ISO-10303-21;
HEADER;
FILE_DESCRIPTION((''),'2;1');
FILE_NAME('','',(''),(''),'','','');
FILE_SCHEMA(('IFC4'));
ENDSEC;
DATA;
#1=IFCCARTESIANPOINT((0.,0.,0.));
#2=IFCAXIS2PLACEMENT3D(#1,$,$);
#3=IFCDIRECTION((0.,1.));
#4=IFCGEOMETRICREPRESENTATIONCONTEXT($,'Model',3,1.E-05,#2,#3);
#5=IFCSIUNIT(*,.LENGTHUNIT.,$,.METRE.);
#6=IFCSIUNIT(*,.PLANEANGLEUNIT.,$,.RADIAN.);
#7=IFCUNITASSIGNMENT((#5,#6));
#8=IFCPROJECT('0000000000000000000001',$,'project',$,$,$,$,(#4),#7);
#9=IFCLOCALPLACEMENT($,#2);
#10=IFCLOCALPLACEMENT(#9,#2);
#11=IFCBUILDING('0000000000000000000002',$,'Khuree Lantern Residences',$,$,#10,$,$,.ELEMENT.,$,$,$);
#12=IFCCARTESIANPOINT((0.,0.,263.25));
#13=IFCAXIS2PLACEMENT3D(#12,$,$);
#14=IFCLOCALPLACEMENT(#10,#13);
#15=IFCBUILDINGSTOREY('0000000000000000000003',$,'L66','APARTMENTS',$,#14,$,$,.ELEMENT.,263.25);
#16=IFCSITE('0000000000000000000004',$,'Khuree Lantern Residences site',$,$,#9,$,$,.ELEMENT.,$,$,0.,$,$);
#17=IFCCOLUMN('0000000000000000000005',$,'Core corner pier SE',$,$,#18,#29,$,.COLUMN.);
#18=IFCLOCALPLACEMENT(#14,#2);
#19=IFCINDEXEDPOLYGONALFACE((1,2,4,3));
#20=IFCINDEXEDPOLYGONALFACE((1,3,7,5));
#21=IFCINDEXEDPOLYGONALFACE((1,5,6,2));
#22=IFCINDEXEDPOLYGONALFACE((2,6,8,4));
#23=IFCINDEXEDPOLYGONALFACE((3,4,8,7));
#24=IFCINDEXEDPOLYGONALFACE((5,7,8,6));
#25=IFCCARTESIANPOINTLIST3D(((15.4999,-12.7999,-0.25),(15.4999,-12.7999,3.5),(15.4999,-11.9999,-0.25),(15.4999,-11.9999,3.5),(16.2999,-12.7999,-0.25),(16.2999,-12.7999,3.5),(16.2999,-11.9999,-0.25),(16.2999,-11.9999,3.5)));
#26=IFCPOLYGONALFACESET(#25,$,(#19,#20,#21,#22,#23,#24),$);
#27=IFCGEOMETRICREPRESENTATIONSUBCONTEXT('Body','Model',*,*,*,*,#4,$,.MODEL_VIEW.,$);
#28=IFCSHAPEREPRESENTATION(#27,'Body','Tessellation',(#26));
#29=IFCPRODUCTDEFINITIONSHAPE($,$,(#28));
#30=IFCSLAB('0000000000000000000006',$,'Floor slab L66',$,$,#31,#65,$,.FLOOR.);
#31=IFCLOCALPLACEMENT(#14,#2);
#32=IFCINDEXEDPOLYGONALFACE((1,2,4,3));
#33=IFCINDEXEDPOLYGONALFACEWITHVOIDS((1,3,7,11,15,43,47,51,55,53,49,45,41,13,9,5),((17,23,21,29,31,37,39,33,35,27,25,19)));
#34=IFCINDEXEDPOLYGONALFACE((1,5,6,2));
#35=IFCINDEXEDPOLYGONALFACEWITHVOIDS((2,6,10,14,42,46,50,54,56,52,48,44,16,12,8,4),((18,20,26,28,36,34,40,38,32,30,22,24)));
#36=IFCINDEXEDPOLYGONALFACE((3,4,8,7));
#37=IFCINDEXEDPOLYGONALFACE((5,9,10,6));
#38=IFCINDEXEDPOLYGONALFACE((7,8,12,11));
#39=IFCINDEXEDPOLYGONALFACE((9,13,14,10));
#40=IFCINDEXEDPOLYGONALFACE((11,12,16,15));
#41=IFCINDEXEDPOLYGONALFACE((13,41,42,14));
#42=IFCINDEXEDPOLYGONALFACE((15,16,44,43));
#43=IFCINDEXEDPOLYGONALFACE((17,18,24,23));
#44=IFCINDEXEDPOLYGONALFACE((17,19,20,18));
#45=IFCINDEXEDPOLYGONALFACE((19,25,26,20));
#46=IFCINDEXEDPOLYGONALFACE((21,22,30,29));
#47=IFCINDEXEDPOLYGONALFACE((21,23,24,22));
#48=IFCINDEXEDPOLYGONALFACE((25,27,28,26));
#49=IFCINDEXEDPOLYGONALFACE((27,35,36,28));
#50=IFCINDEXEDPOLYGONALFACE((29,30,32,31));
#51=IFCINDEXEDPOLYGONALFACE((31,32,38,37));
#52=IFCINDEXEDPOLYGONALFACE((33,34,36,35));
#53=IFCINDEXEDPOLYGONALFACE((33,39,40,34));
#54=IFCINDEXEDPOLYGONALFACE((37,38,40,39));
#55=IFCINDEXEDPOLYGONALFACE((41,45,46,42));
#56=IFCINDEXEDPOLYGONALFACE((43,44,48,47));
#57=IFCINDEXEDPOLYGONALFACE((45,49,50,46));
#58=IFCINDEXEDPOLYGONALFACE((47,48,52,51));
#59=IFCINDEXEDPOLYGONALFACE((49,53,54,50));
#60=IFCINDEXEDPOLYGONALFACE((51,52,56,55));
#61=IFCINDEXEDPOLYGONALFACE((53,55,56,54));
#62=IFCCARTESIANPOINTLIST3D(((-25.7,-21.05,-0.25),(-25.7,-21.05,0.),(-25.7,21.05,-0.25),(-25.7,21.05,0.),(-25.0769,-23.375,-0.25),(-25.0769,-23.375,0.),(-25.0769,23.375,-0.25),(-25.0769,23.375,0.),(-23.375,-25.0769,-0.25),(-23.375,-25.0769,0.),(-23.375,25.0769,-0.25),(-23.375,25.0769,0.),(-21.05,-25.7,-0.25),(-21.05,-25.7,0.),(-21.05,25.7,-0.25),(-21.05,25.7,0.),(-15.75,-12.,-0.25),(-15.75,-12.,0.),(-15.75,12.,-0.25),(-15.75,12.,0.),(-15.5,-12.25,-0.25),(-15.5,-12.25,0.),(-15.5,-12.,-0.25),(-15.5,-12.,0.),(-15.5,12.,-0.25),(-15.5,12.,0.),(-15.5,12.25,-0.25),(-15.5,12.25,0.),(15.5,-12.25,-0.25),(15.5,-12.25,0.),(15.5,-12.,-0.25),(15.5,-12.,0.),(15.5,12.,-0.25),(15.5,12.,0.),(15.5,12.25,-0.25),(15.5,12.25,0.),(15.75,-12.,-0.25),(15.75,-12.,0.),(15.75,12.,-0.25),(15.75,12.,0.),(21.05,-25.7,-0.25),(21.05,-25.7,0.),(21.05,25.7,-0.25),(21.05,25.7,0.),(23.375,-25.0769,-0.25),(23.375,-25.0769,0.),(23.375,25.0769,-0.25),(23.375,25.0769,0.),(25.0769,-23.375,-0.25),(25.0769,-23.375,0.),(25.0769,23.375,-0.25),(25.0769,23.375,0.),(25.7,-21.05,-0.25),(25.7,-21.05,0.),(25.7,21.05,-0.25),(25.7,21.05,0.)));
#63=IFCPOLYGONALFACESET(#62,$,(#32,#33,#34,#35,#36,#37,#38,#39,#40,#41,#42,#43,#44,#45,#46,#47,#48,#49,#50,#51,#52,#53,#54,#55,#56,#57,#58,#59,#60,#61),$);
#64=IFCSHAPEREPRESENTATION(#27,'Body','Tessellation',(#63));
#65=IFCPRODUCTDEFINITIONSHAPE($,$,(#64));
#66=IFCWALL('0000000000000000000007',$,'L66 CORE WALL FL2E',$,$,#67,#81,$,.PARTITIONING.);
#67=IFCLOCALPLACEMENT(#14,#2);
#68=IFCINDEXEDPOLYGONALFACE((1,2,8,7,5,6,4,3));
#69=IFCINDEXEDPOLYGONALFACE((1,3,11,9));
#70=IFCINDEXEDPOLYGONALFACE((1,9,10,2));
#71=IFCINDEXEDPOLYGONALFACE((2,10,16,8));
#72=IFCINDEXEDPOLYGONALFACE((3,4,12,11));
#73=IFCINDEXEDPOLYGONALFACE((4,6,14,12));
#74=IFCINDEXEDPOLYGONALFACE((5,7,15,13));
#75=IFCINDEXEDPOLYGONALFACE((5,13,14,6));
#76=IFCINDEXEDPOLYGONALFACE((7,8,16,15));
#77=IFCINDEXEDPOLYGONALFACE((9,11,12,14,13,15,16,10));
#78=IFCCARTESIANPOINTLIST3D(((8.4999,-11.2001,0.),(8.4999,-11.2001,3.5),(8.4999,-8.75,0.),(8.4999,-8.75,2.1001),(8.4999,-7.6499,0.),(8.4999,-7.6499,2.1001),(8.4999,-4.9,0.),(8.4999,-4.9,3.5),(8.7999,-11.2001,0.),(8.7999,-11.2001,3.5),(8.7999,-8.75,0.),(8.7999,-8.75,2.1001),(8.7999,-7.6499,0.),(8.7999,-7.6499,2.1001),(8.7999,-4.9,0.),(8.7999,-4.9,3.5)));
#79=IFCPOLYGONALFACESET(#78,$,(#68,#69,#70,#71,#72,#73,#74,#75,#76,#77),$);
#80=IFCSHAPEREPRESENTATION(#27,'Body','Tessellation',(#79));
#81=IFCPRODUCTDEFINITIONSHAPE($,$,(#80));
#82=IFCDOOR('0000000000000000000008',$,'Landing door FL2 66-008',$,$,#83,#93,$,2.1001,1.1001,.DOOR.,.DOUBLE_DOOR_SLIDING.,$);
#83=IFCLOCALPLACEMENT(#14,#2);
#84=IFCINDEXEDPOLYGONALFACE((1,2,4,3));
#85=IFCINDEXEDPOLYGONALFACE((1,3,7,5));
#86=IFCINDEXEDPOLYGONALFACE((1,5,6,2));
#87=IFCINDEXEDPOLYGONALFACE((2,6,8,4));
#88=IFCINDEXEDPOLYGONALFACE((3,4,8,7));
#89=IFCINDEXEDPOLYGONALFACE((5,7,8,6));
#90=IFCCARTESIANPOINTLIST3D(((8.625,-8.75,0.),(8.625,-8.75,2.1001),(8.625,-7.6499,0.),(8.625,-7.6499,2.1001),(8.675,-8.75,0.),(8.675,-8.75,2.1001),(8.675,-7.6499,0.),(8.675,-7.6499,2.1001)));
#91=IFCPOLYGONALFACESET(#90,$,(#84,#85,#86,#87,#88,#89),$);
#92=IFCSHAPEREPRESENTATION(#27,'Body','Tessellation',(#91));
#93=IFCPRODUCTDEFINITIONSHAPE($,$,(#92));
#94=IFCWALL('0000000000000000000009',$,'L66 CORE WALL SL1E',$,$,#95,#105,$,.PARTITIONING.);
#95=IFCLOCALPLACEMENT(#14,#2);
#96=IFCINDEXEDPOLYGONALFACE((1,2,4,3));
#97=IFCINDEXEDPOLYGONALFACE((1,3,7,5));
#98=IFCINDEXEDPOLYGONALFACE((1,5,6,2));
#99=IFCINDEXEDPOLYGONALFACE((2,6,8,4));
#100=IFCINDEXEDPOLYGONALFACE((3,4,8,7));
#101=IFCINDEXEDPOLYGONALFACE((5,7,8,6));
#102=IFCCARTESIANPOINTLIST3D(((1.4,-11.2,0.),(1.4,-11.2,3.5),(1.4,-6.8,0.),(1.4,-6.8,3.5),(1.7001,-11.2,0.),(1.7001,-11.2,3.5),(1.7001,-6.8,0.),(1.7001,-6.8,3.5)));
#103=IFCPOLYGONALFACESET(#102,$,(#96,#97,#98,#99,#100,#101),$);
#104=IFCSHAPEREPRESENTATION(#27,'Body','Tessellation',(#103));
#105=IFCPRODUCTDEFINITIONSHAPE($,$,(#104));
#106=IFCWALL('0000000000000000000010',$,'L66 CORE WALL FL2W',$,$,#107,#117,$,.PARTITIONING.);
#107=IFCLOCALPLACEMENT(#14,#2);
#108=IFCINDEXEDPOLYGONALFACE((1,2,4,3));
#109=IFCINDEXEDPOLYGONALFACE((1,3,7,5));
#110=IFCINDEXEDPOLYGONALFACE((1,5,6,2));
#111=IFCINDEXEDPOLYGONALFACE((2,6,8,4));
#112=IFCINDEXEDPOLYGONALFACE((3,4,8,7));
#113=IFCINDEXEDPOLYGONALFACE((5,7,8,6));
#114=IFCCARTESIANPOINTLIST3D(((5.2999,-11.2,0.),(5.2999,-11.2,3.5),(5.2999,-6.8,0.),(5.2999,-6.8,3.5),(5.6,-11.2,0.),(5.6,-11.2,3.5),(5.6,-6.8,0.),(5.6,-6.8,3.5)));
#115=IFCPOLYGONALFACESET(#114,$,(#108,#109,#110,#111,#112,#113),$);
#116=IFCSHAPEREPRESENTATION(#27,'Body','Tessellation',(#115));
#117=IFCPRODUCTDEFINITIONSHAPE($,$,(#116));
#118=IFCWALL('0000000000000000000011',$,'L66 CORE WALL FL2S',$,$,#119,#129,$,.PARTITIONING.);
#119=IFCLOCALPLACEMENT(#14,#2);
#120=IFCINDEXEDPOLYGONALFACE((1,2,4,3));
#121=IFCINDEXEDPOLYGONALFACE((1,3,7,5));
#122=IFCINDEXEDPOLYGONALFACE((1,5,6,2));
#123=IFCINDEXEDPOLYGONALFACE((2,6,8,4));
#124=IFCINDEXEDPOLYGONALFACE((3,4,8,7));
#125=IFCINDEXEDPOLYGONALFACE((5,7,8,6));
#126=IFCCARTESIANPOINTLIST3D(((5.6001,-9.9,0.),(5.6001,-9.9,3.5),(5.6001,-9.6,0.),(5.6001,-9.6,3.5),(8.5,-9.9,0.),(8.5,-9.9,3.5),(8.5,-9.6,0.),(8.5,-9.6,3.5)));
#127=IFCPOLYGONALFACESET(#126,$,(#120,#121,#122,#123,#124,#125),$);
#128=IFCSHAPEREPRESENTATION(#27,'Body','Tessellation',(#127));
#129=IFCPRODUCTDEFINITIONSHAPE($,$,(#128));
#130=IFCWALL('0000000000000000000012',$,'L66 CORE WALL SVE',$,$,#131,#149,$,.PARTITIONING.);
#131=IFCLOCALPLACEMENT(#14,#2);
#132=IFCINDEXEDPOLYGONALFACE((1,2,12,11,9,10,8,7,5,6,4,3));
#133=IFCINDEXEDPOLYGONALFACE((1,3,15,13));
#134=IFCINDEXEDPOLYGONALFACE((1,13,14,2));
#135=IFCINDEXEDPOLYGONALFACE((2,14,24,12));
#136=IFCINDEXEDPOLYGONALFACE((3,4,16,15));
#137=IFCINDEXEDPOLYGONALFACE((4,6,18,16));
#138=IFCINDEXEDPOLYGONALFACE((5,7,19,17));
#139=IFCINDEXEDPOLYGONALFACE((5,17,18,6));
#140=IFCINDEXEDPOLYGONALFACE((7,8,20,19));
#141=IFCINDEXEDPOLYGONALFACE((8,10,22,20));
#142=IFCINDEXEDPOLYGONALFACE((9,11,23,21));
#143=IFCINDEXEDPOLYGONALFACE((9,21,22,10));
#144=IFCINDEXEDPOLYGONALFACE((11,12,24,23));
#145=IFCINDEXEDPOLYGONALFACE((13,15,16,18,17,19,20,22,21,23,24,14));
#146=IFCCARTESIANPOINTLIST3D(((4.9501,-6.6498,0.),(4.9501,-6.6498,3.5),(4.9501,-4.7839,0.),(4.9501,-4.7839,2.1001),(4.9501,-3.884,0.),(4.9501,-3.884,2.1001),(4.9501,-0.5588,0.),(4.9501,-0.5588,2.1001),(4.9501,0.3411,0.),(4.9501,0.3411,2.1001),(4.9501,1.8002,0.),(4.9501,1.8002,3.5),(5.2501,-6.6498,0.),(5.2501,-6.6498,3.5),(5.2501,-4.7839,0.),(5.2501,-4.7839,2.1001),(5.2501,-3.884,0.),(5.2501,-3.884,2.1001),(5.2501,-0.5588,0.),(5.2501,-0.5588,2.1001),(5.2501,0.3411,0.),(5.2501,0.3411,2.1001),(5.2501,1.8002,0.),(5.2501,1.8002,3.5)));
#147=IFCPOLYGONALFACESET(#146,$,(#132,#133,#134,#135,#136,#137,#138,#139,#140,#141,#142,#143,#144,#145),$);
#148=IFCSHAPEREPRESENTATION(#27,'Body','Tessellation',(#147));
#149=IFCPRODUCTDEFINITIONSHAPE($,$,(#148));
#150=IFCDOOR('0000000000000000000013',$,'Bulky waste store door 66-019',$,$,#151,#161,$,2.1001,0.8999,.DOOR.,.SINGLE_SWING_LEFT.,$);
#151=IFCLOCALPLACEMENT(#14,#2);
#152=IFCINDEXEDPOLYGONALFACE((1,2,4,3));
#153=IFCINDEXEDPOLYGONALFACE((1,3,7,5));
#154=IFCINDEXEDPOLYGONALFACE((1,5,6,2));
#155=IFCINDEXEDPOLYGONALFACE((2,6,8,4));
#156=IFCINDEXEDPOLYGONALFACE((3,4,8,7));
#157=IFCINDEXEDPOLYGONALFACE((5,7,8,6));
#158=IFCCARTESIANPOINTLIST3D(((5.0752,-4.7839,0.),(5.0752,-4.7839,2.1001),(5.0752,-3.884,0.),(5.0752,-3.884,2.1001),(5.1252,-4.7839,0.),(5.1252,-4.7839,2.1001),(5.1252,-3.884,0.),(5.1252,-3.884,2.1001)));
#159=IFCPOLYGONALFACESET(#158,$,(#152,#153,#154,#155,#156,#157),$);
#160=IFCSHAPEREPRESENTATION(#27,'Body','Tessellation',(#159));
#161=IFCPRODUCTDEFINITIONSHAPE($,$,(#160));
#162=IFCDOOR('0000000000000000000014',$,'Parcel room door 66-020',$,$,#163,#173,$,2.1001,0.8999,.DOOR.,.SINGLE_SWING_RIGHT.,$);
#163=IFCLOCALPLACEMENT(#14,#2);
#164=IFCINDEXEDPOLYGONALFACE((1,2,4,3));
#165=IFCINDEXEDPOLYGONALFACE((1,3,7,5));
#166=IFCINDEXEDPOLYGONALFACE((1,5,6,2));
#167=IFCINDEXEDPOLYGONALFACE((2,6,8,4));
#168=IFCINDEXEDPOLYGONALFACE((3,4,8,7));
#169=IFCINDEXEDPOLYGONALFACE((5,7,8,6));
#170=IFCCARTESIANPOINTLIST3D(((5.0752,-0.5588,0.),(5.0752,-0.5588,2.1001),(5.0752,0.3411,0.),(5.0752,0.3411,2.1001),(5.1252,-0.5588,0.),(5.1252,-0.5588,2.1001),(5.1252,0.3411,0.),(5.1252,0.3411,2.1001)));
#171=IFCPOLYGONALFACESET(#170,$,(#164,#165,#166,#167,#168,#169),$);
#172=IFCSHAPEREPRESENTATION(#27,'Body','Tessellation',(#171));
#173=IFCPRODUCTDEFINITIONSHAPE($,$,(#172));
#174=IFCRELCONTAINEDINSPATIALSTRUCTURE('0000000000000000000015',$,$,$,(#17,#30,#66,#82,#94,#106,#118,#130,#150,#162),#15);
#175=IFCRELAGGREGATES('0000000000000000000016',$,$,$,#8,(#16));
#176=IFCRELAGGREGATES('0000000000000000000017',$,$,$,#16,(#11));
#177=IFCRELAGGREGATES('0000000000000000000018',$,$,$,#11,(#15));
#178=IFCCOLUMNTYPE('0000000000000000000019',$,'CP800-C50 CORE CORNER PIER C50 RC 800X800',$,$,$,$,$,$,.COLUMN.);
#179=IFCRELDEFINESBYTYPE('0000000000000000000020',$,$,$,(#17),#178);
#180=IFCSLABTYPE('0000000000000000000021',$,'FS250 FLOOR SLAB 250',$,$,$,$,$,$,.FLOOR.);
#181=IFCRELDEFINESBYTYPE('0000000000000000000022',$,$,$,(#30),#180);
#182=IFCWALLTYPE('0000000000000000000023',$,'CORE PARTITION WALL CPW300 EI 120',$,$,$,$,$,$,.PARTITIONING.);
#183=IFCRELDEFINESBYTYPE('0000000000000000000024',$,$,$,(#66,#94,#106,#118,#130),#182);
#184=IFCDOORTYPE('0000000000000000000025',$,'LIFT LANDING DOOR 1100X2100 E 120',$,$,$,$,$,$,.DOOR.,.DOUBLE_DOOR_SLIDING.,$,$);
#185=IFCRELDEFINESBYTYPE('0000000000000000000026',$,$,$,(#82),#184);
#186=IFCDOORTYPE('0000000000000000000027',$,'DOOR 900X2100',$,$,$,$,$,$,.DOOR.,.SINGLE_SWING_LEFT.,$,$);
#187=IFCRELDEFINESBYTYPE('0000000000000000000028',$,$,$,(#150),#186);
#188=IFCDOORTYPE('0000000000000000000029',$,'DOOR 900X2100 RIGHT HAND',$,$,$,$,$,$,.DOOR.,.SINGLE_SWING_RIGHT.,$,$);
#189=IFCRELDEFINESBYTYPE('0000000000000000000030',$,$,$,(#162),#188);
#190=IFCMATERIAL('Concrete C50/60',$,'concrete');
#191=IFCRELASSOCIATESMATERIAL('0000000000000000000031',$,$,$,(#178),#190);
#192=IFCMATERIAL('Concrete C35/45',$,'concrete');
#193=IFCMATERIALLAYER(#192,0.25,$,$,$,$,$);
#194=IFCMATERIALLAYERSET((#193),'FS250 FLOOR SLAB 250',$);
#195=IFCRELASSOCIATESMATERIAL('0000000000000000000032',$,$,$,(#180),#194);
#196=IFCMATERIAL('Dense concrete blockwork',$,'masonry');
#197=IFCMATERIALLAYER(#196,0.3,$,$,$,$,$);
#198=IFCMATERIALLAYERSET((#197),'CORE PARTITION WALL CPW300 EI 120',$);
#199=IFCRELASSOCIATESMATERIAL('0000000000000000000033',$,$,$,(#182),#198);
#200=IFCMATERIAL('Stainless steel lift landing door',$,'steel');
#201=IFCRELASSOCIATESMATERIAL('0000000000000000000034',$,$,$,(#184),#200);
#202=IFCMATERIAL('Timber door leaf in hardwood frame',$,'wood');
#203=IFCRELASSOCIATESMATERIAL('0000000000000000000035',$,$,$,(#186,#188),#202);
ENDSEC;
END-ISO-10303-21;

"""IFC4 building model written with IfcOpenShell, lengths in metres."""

from ifc_helpers import new_model, si_unit, direction, frame, frame_2d, origin, origin_2d, place, context, subcontext, project, spatial, polyline, rectangle, outline, extrude, material, layer, layer_set, material_profile, profile_set, type_object, element, fill, save


model = new_model("IFC4")

# Units and contexts
model_context = context("Model", 3, precision=1e-05, world=origin(), true_north=direction((0.0, 1.0)))
body_context = subcontext(model_context, "Body", "Model", "MODEL_VIEW")
ifc_project = project(units=[si_unit("LENGTHUNIT", "METRE"), si_unit("PLANEANGLEUNIT", "RADIAN")], contexts=[model_context])

# Site, building, storey
site_placement = place(None, origin())
site = spatial("IfcSite", under=ifc_project, at=site_placement, Name="Khuree Lantern Residences site", CompositionType="ELEMENT", RefElevation=0.0)
building_placement = place(site_placement, origin())
building = spatial("IfcBuilding", under=site, at=building_placement, Name="Khuree Lantern Residences", CompositionType="ELEMENT")
storey_placement = place(building_placement, frame((0.0, 0.0, 263.25)))
storey = spatial("IfcBuildingStorey", under=building, at=storey_placement, Name="L66", Description="APARTMENTS", CompositionType="ELEMENT", Elevation=263.25)

# Column
ifc_material_1 = material(Name="Concrete C50/60", Category="concrete")
ifc_material_profile = material_profile(ifc_material_1, rectangle(XDim=0.8, YDim=0.8, at=origin_2d()), Name="RC 800X800")
ifc_profile_set = profile_set([ifc_material_profile], Name="Concrete C50/60")
column_type = type_object("IfcColumnType", Name="CP800-C50 CORE CORNER PIER C50 RC 800X800", PredefinedType="COLUMN", material=ifc_profile_set)
column_placement = place(storey_placement, frame((15.8999, -12.3999, -0.25), z_axis=(0.0, 0.0, 1.0), x_axis=(1.0, 0.0, 0.0)))
element("IfcColumn", 1, at=column_placement, inside=storey, type_object=column_type, Name="Core corner pier SE", PredefinedType="COLUMN", context=body_context, shape_type="SweptSolid", body=[
    extrude(rectangle(XDim=0.8, YDim=0.8, at=origin_2d()), origin(), (0.0, 0.0, 1.0), 3.75),
])

# Slab
ifc_material_2 = material(Name="Concrete C35/45", Category="concrete")
ifc_layer_1 = layer(ifc_material_2, 0.25)
ifc_layer_set_1 = layer_set([ifc_layer_1], Name="FS250 FLOOR SLAB 250")
slab_type = type_object("IfcSlabType", Name="FS250 FLOOR SLAB 250", PredefinedType="FLOOR", material=ifc_layer_set_1)
slab_placement = place(storey_placement, frame((0.0, 0.0, -0.25)))
element("IfcSlab", 2, at=slab_placement, inside=storey, type_object=slab_type, Name="Floor slab L66", PredefinedType="FLOOR", context=body_context, shape_type="SweptSolid", body=[
    extrude(outline(polyline([(-23.375, -25.0769), (-25.0769, -23.375), (-25.7, -21.05), (-25.7, 21.05), (-25.0769, 23.375), (-23.375, 25.0769), (-21.05, 25.7), (21.05, 25.7), (23.375, 25.0769), (25.0769, 23.375), (25.7, 21.05), (25.7, -21.05), (25.0769, -23.375), (23.375, -25.0769), (21.05, -25.7), (-21.05, -25.7), (-23.375, -25.0769)]), holes=[polyline([(15.75, 12.0), (15.5, 12.0), (15.5, 12.25), (-15.5, 12.25), (-15.5, 12.0), (-15.75, 12.0), (-15.75, -12.0), (-15.5, -12.0), (-15.5, -12.25), (15.5, -12.25), (15.5, -12.0), (15.75, -12.0), (15.75, 12.0)])]), origin(), (0.0, 0.0, 1.0), 0.25),
])

# Wall, opening, door
ifc_material_3 = material(Name="Dense concrete blockwork", Category="masonry")
ifc_layer_2 = layer(ifc_material_3, 0.3)
ifc_layer_set_2 = layer_set([ifc_layer_2], Name="CORE PARTITION WALL CPW300 EI 120")
wall_type_1 = type_object("IfcWallType", Name="CORE PARTITION WALL CPW300 EI 120", PredefinedType="PARTITIONING", material=ifc_layer_set_2)
wall_1_placement = place(storey_placement, frame((8.6499, -11.2, 0.0), z_axis=(0.0, 0.0, 1.0), x_axis=(0.0, 1.0, 0.0)))
wall_1 = element("IfcWall", 3, at=wall_1_placement, inside=storey, type_object=wall_type_1, Name="L66 CORE WALL FL2E", PredefinedType="PARTITIONING", context=body_context, shape_type="SweptSolid", body=[
    extrude(rectangle(XDim=6.3, YDim=0.3, at=frame_2d((3.1499, 0.0))), origin(), (0.0, 0.0, 1.0), 3.5),
])
opening_1_placement = place(wall_1_placement, frame((2.45, 0.0, 0.0)))
opening_1 = element("IfcOpeningElement", 4, at=opening_1_placement, cuts=wall_1, PredefinedType="OPENING", context=body_context, shape_type="SweptSolid", body=[
    extrude(rectangle(XDim=1.1001, YDim=2.1001, at=frame_2d((0.55, 1.05))), frame((0.0, 0.1602, 0.0), z_axis=(0.0, -1.0, 0.0), x_axis=(1.0, 0.0, 0.0)), (0.0, 0.0, 1.0), 0.3201),
])
ifc_material_4 = material(Name="Stainless steel lift landing door", Category="steel")
door_type_1 = type_object("IfcDoorType", Name="LIFT LANDING DOOR 1100X2100 E 120", OperationType="DOUBLE_DOOR_SLIDING", PredefinedType="DOOR", material=ifc_material_4)
door_1_placement = place(opening_1_placement, origin())
door_1 = element("IfcDoor", 5, at=door_1_placement, inside=storey, type_object=door_type_1, Name="Landing door FL2 66-008", OperationType="DOUBLE_DOOR_SLIDING", OverallHeight=2.1001, OverallWidth=1.1001, PredefinedType="DOOR", context=body_context, shape_type="SweptSolid", body=[
    extrude(rectangle(XDim=1.1001, YDim=2.1001, at=frame_2d((0.55, 1.05))), frame((0.0, 0.0249, 0.0), z_axis=(0.0, -1.0, 0.0), x_axis=(1.0, 0.0, 0.0)), (0.0, 0.0, 1.0), 0.05),
])
fill(opening_1, door_1)

# Walls
for number, where, z_axis, x_axis, name in (
    (6, (1.55, -11.2, 0.0), (0.0, 0.0, 1.0), (0.0, 1.0, 0.0), "L66 CORE WALL SL1E"),
    (7, (5.45, -11.2, 0.0), (0.0, 0.0, 1.0), (0.0, 1.0, 0.0), "L66 CORE WALL FL2W"),
):
    element("IfcWall", number, at=place(storey_placement, frame(where, z_axis=z_axis, x_axis=x_axis)), inside=storey, type_object=wall_type_1, Name=name, PredefinedType="PARTITIONING", context=body_context, shape_type="SweptSolid", body=[
        extrude(rectangle(XDim=4.3999, YDim=0.3, at=frame_2d((2.2, 0.0))), origin(), (0.0, 0.0, 1.0), 3.5),
    ])
wall_2_placement = place(storey_placement, frame((5.6001, -9.75, 0.0), z_axis=(0.0, 0.0, 1.0), x_axis=(1.0, 0.0, 0.0)))
element("IfcWall", 8, at=wall_2_placement, inside=storey, type_object=wall_type_1, Name="L66 CORE WALL FL2S", PredefinedType="PARTITIONING", context=body_context, shape_type="SweptSolid", body=[
    extrude(rectangle(XDim=2.8999, YDim=0.3, at=frame_2d((1.45, 0.0))), origin(), (0.0, 0.0, 1.0), 3.5),
])

# Wall, openings, doors
wall_3_placement = place(storey_placement, frame((5.1001, -6.6499, 0.0), z_axis=(0.0, 0.0, 1.0), x_axis=(0.0, 1.0, 0.0)))
wall_3 = element("IfcWall", 9, at=wall_3_placement, inside=storey, type_object=wall_type_1, Name="L66 CORE WALL SVE", PredefinedType="PARTITIONING", context=body_context, shape_type="SweptSolid", body=[
    extrude(rectangle(XDim=8.45, YDim=0.3, at=frame_2d((4.2251, 0.0))), origin(), (0.0, 0.0, 1.0), 3.5),
])
opening_2_placement = place(wall_3_placement, frame((1.866, 0.0, 0.0)))
opening_2 = element("IfcOpeningElement", 10, at=opening_2_placement, cuts=wall_3, PredefinedType="OPENING", context=body_context, shape_type="SweptSolid", body=[
    extrude(rectangle(XDim=0.8999, YDim=2.1001, at=frame_2d((0.45, 1.05))), frame((0.0, 0.1602, 0.0), z_axis=(0.0, -1.0, 0.0), x_axis=(1.0, 0.0, 0.0)), (0.0, 0.0, 1.0), 0.3201),
])
opening_3_placement = place(wall_3_placement, frame((6.0911, 0.0, 0.0)))
opening_3 = element("IfcOpeningElement", 11, at=opening_3_placement, cuts=wall_3, PredefinedType="OPENING", context=body_context, shape_type="SweptSolid", body=[
    extrude(rectangle(XDim=0.8999, YDim=2.1001, at=frame_2d((0.45, 1.05))), frame((0.0, 0.1602, 0.0), z_axis=(0.0, -1.0, 0.0), x_axis=(1.0, 0.0, 0.0)), (0.0, 0.0, 1.0), 0.3201),
])
ifc_material_5 = material(Name="Timber door leaf in hardwood frame", Category="wood")
door_type_2 = type_object("IfcDoorType", Name="DOOR 900X2100", OperationType="SINGLE_SWING_LEFT", PredefinedType="DOOR", material=ifc_material_5)
door_2_placement = place(opening_2_placement, origin())
door_2 = element("IfcDoor", 12, at=door_2_placement, inside=storey, type_object=door_type_2, Name="Bulky waste store door 66-019", OperationType="SINGLE_SWING_LEFT", OverallHeight=2.1001, OverallWidth=0.8999, PredefinedType="DOOR", context=body_context, shape_type="SweptSolid", body=[
    extrude(rectangle(XDim=0.8999, YDim=2.1001, at=frame_2d((0.45, 1.05))), frame((0.0, 0.0249, 0.0), z_axis=(0.0, -1.0, 0.0), x_axis=(1.0, 0.0, 0.0)), (0.0, 0.0, 1.0), 0.05),
])
fill(opening_2, door_2)
door_type_3 = type_object("IfcDoorType", Name="DOOR 900X2100 RIGHT HAND", OperationType="SINGLE_SWING_RIGHT", PredefinedType="DOOR", material=ifc_material_5)
door_3_placement = place(opening_3_placement, origin())
door_3 = element("IfcDoor", 13, at=door_3_placement, inside=storey, type_object=door_type_3, Name="Parcel room door 66-020", OperationType="SINGLE_SWING_RIGHT", OverallHeight=2.1001, OverallWidth=0.8999, PredefinedType="DOOR", context=body_context, shape_type="SweptSolid", body=[
    extrude(rectangle(XDim=0.8999, YDim=2.1001, at=frame_2d((0.45, 1.05))), frame((0.0, 0.0249, 0.0), z_axis=(0.0, -1.0, 0.0), x_axis=(1.0, 0.0, 0.0)), (0.0, 0.0, 1.0), 0.05),
])
fill(opening_3, door_3)

save(model, "model.ifc")
